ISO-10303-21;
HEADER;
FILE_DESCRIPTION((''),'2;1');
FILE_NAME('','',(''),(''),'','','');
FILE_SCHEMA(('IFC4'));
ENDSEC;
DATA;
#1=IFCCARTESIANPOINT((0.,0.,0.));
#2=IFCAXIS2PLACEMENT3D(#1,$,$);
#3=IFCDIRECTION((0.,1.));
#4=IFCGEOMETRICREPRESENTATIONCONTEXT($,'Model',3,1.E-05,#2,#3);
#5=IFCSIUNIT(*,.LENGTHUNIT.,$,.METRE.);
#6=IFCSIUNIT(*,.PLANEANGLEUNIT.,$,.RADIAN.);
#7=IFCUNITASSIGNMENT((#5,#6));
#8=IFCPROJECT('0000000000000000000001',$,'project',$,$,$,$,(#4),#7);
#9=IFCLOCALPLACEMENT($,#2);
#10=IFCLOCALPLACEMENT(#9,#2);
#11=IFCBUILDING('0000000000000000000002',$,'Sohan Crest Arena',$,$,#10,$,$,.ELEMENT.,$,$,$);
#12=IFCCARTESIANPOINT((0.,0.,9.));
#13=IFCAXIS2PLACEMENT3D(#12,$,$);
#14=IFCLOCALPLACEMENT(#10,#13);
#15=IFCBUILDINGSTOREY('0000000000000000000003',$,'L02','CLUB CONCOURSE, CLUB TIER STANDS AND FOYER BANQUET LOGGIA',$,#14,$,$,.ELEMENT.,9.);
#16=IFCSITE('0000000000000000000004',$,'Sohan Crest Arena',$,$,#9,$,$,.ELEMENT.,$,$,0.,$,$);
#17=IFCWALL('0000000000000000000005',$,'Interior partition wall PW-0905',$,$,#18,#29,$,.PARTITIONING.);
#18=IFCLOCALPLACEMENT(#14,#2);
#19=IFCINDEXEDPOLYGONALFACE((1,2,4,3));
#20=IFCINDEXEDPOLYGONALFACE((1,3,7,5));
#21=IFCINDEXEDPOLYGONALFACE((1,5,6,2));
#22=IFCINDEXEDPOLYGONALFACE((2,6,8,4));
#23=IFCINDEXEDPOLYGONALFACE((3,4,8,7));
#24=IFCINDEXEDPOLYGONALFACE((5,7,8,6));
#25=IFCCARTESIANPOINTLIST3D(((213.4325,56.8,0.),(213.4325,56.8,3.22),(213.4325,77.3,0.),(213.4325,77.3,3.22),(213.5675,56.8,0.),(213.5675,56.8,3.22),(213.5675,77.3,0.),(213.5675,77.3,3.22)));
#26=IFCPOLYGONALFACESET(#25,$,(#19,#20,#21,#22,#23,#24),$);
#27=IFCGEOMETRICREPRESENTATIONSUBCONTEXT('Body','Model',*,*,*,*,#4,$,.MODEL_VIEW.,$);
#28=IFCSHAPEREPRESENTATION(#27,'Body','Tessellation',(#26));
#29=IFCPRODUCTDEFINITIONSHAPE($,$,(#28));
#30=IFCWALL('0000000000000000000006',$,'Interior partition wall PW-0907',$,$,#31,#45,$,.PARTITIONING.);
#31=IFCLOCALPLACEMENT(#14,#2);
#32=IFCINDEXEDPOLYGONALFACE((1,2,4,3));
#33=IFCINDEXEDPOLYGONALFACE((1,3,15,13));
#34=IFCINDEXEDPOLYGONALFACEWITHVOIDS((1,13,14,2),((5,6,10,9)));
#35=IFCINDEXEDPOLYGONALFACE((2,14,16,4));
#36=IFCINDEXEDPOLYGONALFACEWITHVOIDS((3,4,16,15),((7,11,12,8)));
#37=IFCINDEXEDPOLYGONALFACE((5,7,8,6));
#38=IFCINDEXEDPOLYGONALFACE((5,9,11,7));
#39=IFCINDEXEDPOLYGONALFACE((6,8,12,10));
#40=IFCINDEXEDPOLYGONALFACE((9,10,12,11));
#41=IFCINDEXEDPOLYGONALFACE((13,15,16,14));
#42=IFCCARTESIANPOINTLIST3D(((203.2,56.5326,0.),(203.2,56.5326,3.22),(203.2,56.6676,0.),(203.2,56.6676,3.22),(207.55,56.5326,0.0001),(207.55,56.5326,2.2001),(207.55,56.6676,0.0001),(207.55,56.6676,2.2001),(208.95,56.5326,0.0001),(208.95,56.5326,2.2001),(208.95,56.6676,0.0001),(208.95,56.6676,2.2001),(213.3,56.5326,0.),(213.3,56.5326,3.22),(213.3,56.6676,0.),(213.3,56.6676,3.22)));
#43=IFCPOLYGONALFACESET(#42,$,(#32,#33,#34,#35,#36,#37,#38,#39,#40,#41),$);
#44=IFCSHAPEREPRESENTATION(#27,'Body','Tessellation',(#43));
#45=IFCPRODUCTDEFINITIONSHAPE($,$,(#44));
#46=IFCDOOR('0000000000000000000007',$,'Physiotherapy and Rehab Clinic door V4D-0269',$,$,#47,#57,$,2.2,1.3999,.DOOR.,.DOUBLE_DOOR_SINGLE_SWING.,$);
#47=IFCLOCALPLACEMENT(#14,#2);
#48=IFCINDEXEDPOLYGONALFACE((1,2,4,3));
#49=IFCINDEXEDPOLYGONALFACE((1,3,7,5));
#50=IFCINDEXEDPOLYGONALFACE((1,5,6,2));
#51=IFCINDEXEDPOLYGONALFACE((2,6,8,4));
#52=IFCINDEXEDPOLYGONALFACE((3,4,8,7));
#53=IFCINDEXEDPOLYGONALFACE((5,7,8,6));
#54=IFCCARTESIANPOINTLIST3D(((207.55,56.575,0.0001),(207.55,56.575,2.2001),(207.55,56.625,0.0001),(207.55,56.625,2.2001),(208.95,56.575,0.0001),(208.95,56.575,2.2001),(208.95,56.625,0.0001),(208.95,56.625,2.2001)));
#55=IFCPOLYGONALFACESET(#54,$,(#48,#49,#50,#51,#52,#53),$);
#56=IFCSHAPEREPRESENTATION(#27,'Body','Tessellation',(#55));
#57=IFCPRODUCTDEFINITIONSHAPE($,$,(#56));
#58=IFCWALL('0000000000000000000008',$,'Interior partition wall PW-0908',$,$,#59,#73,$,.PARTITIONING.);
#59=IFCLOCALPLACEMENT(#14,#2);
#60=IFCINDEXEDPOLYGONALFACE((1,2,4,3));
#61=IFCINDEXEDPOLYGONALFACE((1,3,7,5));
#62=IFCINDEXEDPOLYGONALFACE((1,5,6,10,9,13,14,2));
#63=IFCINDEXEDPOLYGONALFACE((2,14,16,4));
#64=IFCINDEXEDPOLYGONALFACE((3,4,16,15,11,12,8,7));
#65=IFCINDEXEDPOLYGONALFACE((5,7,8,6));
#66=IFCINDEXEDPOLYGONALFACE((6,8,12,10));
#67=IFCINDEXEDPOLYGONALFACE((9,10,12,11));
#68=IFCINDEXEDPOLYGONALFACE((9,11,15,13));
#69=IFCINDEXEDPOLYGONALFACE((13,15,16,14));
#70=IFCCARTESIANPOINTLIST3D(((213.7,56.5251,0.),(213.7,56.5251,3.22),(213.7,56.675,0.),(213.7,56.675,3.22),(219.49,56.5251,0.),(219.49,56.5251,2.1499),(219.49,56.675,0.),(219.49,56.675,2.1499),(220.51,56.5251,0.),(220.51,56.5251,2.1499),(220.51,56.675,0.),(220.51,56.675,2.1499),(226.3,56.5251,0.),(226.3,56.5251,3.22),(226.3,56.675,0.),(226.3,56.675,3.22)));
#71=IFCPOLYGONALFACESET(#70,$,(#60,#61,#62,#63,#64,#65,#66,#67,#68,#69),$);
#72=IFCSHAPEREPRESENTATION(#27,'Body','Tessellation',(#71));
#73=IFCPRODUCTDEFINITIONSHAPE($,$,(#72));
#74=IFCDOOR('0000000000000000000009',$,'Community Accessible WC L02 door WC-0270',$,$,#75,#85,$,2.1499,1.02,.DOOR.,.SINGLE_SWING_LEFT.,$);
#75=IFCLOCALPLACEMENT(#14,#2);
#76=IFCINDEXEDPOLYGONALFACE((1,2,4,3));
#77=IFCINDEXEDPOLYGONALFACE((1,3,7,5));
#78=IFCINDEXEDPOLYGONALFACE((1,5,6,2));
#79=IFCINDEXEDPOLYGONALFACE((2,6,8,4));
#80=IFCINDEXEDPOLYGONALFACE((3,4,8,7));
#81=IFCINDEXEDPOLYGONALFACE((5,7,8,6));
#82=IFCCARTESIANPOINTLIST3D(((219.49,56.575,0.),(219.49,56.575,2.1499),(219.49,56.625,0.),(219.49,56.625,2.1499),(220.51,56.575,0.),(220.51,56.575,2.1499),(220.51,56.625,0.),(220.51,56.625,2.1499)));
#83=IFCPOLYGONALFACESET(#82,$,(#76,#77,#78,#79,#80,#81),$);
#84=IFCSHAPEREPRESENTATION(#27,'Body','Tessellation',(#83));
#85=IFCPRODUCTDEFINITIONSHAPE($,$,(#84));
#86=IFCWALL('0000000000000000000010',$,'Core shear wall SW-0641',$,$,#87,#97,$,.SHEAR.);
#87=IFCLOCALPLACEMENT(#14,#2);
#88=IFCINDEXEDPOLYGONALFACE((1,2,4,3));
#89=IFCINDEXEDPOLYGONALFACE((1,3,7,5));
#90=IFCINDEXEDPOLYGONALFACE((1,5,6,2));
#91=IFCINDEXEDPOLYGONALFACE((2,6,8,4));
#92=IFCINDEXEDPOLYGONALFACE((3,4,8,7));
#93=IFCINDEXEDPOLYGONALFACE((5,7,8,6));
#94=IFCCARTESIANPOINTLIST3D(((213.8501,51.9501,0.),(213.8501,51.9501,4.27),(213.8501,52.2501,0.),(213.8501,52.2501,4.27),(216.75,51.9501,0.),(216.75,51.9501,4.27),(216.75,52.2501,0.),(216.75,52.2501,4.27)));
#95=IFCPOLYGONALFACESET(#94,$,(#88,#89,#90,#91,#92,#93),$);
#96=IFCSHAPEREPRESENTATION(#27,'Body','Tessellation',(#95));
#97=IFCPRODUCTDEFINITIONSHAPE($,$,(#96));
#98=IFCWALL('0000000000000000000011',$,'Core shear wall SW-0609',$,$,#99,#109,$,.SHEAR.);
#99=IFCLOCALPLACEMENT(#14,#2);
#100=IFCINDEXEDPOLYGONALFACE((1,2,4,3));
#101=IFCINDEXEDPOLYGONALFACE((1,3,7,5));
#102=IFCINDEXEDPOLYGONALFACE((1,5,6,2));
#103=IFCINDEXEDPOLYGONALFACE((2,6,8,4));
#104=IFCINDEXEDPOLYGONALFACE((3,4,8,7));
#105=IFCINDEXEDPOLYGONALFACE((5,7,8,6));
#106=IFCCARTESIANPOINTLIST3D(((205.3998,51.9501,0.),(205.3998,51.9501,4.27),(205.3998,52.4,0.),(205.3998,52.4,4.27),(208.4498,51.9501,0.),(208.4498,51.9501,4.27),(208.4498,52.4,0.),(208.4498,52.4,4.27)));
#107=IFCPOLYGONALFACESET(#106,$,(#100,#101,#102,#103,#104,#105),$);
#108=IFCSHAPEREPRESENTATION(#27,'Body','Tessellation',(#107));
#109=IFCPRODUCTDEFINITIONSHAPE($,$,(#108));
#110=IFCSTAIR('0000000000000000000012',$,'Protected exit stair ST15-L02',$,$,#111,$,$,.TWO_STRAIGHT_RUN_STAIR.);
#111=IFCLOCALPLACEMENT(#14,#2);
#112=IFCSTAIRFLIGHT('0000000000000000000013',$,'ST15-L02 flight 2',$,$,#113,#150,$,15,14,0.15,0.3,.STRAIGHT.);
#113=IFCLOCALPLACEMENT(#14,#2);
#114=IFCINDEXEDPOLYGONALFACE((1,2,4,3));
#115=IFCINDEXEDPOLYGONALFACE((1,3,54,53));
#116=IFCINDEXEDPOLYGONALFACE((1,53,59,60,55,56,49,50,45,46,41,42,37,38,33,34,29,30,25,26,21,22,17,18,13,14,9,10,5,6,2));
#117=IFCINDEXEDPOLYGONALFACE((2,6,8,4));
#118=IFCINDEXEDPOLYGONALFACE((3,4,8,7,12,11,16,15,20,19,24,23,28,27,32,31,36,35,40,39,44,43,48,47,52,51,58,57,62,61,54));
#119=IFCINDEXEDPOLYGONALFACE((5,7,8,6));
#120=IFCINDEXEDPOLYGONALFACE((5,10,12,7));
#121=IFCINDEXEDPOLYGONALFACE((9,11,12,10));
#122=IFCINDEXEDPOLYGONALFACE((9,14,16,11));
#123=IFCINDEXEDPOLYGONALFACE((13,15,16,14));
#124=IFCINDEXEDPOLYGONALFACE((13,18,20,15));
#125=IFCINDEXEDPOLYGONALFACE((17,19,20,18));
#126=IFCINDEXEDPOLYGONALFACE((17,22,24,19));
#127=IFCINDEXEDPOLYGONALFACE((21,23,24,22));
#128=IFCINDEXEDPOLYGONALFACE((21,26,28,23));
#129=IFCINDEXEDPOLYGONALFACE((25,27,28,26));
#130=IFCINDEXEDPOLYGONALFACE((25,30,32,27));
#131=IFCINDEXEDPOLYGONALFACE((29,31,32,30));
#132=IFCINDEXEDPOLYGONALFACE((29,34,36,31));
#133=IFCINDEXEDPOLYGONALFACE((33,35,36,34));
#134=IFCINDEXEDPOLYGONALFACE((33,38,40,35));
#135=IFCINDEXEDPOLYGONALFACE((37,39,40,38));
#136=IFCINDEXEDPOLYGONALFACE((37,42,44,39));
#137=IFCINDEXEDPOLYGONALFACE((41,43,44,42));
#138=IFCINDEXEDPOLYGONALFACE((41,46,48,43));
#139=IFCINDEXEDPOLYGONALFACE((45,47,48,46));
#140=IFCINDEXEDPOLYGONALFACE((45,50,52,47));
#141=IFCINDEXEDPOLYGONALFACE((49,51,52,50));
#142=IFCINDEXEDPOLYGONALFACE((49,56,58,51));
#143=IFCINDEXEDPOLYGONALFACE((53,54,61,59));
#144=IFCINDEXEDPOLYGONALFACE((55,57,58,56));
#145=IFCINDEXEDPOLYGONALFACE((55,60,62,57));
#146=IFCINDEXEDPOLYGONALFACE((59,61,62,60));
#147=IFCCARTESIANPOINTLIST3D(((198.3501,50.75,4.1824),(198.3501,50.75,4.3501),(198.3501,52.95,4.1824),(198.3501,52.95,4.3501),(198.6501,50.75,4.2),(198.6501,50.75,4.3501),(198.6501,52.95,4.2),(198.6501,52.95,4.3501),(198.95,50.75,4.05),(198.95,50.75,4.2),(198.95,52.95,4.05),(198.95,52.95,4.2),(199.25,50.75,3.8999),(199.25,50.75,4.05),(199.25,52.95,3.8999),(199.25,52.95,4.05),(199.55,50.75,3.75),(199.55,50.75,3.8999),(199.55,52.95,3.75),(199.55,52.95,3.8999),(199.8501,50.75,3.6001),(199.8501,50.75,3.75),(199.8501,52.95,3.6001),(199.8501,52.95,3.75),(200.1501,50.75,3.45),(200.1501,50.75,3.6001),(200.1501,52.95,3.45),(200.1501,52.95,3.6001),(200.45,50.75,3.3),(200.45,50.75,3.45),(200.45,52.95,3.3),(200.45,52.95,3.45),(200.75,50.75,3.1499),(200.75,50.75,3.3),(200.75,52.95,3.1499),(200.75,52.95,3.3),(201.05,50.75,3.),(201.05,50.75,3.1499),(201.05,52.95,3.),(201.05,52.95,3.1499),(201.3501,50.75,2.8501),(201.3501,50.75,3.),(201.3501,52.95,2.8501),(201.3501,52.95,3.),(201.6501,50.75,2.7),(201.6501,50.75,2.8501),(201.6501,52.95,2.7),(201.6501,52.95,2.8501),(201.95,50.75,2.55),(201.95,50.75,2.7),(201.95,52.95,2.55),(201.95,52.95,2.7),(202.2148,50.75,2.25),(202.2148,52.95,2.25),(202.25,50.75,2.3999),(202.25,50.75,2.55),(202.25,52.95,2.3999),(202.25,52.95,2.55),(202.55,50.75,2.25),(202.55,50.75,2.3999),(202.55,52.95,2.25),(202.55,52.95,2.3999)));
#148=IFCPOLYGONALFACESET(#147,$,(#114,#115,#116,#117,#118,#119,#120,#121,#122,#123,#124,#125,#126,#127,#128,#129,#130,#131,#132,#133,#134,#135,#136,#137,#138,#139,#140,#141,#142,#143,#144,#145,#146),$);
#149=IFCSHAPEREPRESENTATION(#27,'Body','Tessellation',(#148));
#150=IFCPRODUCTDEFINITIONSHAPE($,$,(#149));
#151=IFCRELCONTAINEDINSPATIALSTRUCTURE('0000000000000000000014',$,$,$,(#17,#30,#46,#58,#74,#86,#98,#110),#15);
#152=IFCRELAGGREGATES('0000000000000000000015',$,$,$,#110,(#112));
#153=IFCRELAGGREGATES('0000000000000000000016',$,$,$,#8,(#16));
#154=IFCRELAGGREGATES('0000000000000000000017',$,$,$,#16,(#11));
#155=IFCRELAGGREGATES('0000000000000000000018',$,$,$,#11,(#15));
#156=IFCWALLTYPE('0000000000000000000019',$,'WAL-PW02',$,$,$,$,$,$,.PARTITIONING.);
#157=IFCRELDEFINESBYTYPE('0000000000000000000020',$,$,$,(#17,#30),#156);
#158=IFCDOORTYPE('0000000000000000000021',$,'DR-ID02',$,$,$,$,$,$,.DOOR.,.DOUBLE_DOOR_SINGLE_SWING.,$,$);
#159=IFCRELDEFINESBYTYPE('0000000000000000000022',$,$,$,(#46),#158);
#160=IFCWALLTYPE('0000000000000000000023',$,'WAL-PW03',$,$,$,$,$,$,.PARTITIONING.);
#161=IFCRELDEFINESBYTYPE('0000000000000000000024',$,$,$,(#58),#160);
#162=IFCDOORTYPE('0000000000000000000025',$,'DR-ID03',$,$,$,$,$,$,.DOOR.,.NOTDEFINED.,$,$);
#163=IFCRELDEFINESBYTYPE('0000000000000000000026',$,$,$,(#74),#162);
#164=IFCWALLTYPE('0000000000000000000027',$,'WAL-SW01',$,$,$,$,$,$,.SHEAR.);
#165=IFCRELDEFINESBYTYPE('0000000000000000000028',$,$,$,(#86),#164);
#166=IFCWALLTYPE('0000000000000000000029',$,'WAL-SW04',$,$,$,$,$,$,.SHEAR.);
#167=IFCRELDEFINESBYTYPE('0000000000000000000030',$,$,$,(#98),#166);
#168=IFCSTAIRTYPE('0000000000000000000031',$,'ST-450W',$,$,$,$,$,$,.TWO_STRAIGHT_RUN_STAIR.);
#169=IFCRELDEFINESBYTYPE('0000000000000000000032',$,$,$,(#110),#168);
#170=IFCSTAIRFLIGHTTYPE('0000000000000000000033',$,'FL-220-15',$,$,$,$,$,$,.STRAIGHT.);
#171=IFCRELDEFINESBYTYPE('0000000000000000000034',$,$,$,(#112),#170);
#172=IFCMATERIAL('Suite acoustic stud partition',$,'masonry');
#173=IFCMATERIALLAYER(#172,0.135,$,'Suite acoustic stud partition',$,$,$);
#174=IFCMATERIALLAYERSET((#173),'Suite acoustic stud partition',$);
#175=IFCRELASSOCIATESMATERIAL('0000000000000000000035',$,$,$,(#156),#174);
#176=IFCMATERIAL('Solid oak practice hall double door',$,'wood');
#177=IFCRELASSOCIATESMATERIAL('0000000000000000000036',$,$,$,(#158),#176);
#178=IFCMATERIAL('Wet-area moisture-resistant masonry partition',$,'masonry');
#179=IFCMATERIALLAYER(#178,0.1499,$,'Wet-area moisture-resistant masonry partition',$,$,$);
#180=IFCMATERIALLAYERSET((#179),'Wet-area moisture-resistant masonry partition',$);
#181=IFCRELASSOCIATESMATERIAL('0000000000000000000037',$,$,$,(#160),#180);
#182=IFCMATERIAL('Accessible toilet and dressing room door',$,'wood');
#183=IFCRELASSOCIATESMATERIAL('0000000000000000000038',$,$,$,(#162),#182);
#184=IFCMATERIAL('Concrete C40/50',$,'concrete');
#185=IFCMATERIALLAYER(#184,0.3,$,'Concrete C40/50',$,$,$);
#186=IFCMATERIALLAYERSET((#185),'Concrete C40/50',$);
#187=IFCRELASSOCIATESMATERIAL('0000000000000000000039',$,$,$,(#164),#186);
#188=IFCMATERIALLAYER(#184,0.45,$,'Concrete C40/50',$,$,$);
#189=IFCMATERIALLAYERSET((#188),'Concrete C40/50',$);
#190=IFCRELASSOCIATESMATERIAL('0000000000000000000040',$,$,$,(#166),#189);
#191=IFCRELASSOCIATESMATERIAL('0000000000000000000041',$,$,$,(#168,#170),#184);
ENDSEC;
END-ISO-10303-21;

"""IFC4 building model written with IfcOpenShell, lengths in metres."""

from ifc_helpers import new_model, si_unit, direction, frame, frame_2d, origin, place, context, subcontext, project, spatial, polyline, rectangle, outline, extrude, material, layer, layer_set, type_object, element, fill, aggregate, save


model = new_model("IFC4")

# Units and contexts
model_context = context("Model", 3, precision=1e-05, world=origin(), true_north=direction((0.0, 1.0)))
body_context = subcontext(model_context, "Body", "Model", "MODEL_VIEW")
ifc_project = project(units=[si_unit("LENGTHUNIT", "METRE"), si_unit("PLANEANGLEUNIT", "RADIAN")], contexts=[model_context])

# Site, building, storey
site_placement = place(None, origin())
site = spatial("IfcSite", under=ifc_project, at=site_placement, Name="Sohan Crest Arena", CompositionType="ELEMENT", RefElevation=0.0)
building_placement = place(site_placement, origin())
building = spatial("IfcBuilding", under=site, at=building_placement, Name="Sohan Crest Arena", CompositionType="ELEMENT")
storey_placement = place(building_placement, frame((0.0, 0.0, 9.0)))
storey = spatial("IfcBuildingStorey", under=building, at=storey_placement, Name="L02", Description="CLUB CONCOURSE, CLUB TIER STANDS AND FOYER BANQUET LOGGIA", CompositionType="ELEMENT", Elevation=9.0)

# Shared definitions
ifc_material_1 = material(Name="Concrete C40/50", Category="concrete")

# Wall
ifc_material_2 = material(Name="Suite acoustic stud partition", Category="masonry")
ifc_layer_1 = layer(ifc_material_2, 0.135, Name="Suite acoustic stud partition")
ifc_layer_set_1 = layer_set([ifc_layer_1], Name="Suite acoustic stud partition")
wall_type_1 = type_object("IfcWallType", Name="WAL-PW02", PredefinedType="PARTITIONING", material=ifc_layer_set_1)
for number, where, z_axis, x_axis, name in (
    (1, (213.5, 56.8, 0.0), (0.0, 0.0, 1.0), (0.0, 1.0, 0.0), "Interior partition wall PW-0905"),
):
    element("IfcWall", number, at=place(storey_placement, frame(where, z_axis=z_axis, x_axis=x_axis)), inside=storey, type_object=wall_type_1, Name=name, PredefinedType="PARTITIONING", context=body_context, shape_type="SweptSolid", body=[
        extrude(rectangle(XDim=20.5, YDim=0.135, at=frame_2d((10.25, 0.0))), origin(), (0.0, 0.0, 1.0), 3.22),
    ])

# Walls, openings, doors
wall_1_placement = place(storey_placement, frame((203.2, 56.6001, 0.0), z_axis=(0.0, 0.0, 1.0), x_axis=(1.0, 0.0, 0.0)))
wall_1 = element("IfcWall", 2, at=wall_1_placement, inside=storey, type_object=wall_type_1, Name="Interior partition wall PW-0907", PredefinedType="PARTITIONING", context=body_context, shape_type="SweptSolid", body=[
    extrude(rectangle(XDim=10.1001, YDim=0.135, at=frame_2d((5.05, 0.0))), origin(), (0.0, 0.0, 1.0), 3.22),
])
opening_1_placement = place(wall_1_placement, frame((4.3501, 0.0, 0.0)))
opening_1 = element("IfcOpeningElement", 3, at=opening_1_placement, cuts=wall_1, PredefinedType="OPENING", context=body_context, shape_type="SweptSolid", body=[
    extrude(rectangle(XDim=1.3999, YDim=2.2, at=frame_2d((0.7, 1.1001))), frame((0.0, 0.0774, 0.0), z_axis=(0.0, -1.0, 0.0), x_axis=(1.0, 0.0, 0.0)), (0.0, 0.0, 1.0), 0.155),
])
ifc_material_3 = material(Name="Solid oak practice hall double door", Category="wood")
door_type_1 = type_object("IfcDoorType", Name="DR-ID02", OperationType="DOUBLE_DOOR_SINGLE_SWING", PredefinedType="DOOR", material=ifc_material_3)
door_1_placement = place(opening_1_placement, origin())
door_1 = element("IfcDoor", 4, at=door_1_placement, inside=storey, type_object=door_type_1, Name="Physiotherapy and Rehab Clinic door V4D-0269", OperationType="DOUBLE_DOOR_SINGLE_SWING", OverallHeight=2.2, OverallWidth=1.3999, PredefinedType="DOOR", context=body_context, shape_type="SweptSolid", body=[
    extrude(rectangle(XDim=1.3999, YDim=2.2, at=frame_2d((0.7, 1.1001))), frame((0.0, 0.0249, 0.0), z_axis=(0.0, -1.0, 0.0), x_axis=(1.0, 0.0, 0.0)), (0.0, 0.0, 1.0), 0.05),
])
fill(opening_1, door_1)
ifc_material_4 = material(Name="Wet-area moisture-resistant masonry partition", Category="masonry")
ifc_layer_2 = layer(ifc_material_4, 0.1499, Name="Wet-area moisture-resistant masonry partition")
ifc_layer_set_2 = layer_set([ifc_layer_2], Name="Wet-area moisture-resistant masonry partition")
wall_type_2 = type_object("IfcWallType", Name="WAL-PW03", PredefinedType="PARTITIONING", material=ifc_layer_set_2)
wall_2_placement = place(storey_placement, frame((213.7, 56.6001, 0.0), z_axis=(0.0, 0.0, 1.0), x_axis=(1.0, 0.0, 0.0)))
wall_2 = element("IfcWall", 5, at=wall_2_placement, inside=storey, type_object=wall_type_2, Name="Interior partition wall PW-0908", PredefinedType="PARTITIONING", context=body_context, shape_type="SweptSolid", body=[
    extrude(rectangle(XDim=12.6001, YDim=0.1499, at=frame_2d((6.3, 0.0))), origin(), (0.0, 0.0, 1.0), 3.22),
])
opening_2_placement = place(wall_2_placement, frame((5.79, 0.0, 0.0)))
opening_2 = element("IfcOpeningElement", 6, at=opening_2_placement, cuts=wall_2, PredefinedType="OPENING", context=body_context, shape_type="SweptSolid", body=[
    extrude(rectangle(XDim=1.02, YDim=2.1499, at=frame_2d((0.51, 1.075))), frame((0.0, 0.085, 0.0), z_axis=(0.0, -1.0, 0.0), x_axis=(1.0, 0.0, 0.0)), (0.0, 0.0, 1.0), 0.1699),
])
ifc_material_5 = material(Name="Accessible toilet and dressing room door", Category="wood")
door_type_2 = type_object("IfcDoorType", Name="DR-ID03", OperationType="NOTDEFINED", PredefinedType="DOOR", material=ifc_material_5)
door_2_placement = place(opening_2_placement, origin())
door_2 = element("IfcDoor", 7, at=door_2_placement, inside=storey, type_object=door_type_2, Name="Community Accessible WC L02 door WC-0270", OperationType="SINGLE_SWING_LEFT", OverallHeight=2.1499, OverallWidth=1.02, PredefinedType="DOOR", context=body_context, shape_type="SweptSolid", body=[
    extrude(rectangle(XDim=1.02, YDim=2.1499, at=frame_2d((0.51, 1.075))), frame((0.0, 0.0249, 0.0), z_axis=(0.0, -1.0, 0.0), x_axis=(1.0, 0.0, 0.0)), (0.0, 0.0, 1.0), 0.05),
])
fill(opening_2, door_2)

# Walls
ifc_layer_3 = layer(ifc_material_1, 0.3, Name="Concrete C40/50")
ifc_layer_set_3 = layer_set([ifc_layer_3], Name="Concrete C40/50")
wall_type_3 = type_object("IfcWallType", Name="WAL-SW01", PredefinedType="SHEAR", material=ifc_layer_set_3)
wall_3_placement = place(storey_placement, frame((213.8501, 52.1001, 0.0), z_axis=(0.0, 0.0, 1.0), x_axis=(1.0, 0.0, 0.0)))
element("IfcWall", 8, at=wall_3_placement, inside=storey, type_object=wall_type_3, Name="Core shear wall SW-0641", PredefinedType="SHEAR", context=body_context, shape_type="SweptSolid", body=[
    extrude(rectangle(XDim=2.8999, YDim=0.3, at=frame_2d((1.45, 0.0))), origin(), (0.0, 0.0, 1.0), 4.27),
])
ifc_layer_4 = layer(ifc_material_1, 0.45, Name="Concrete C40/50")
ifc_layer_set_4 = layer_set([ifc_layer_4], Name="Concrete C40/50")
wall_type_4 = type_object("IfcWallType", Name="WAL-SW04", PredefinedType="SHEAR", material=ifc_layer_set_4)
wall_4_placement = place(storey_placement, frame((205.3999, 52.175, 0.0), z_axis=(0.0, 0.0, 1.0), x_axis=(1.0, 0.0, 0.0)))
element("IfcWall", 9, at=wall_4_placement, inside=storey, type_object=wall_type_4, Name="Core shear wall SW-0609", PredefinedType="SHEAR", context=body_context, shape_type="SweptSolid", body=[
    extrude(rectangle(XDim=3.05, YDim=0.45, at=frame_2d((1.5249, 0.0))), origin(), (0.0, 0.0, 1.0), 4.27),
])

# Stair, stair flight
stair_type = type_object("IfcStairType", Name="ST-450W", PredefinedType="TWO_STRAIGHT_RUN_STAIR", material=ifc_material_1)
stair_placement = place(storey_placement, origin())
stair = element("IfcStair", 10, at=stair_placement, inside=storey, type_object=stair_type, Name="Protected exit stair ST15-L02", PredefinedType="TWO_STRAIGHT_RUN_STAIR")
stair_flight_type = type_object("IfcStairFlightType", Name="FL-220-15", PredefinedType="STRAIGHT", material=ifc_material_1)
stair_flight_placement = place(storey_placement, frame((202.55, 51.8501, 2.25), z_axis=(0.0, 0.0, 1.0), x_axis=(-1.0, 0.0, 0.0)))
stair_flight = element("IfcStairFlight", 11, at=stair_flight_placement, type_object=stair_flight_type, Name="ST15-L02 flight 2", NumberOfRisers=15, NumberOfTreads=14, PredefinedType="STRAIGHT", RiserHeight=0.15, TreadLength=0.3, context=body_context, shape_type="SweptSolid", body=[
    extrude(outline(polyline([(0.0, 0.0), (0.0, 0.1499), (0.3, 0.1499), (0.3, 0.3), (0.6001, 0.3), (0.6001, 0.45), (0.8999, 0.45), (0.8999, 0.6001), (1.2, 0.6001), (1.2, 0.75), (1.5, 0.75), (1.5, 0.8999), (1.8, 0.8999), (1.8, 1.05), (2.1001, 1.05), (2.1001, 1.2), (2.3999, 1.2), (2.3999, 1.3501), (2.7, 1.3501), (2.7, 1.5), (3.0, 1.5), (3.0, 1.6499), (3.3, 1.6499), (3.3, 1.8), (3.6001, 1.8), (3.6001, 1.95), (3.8999, 1.95), (3.8999, 2.1001), (4.2, 2.1001), (4.2, 2.25), (4.2, 1.9324), (0.3352, 0.0), (0.0, 0.0)])), frame((0.0, 1.1001, 0.0), z_axis=(0.0, -1.0, 0.0), x_axis=(1.0, 0.0, 0.0)), (0.0, 0.0, 1.0), 2.2),
])
aggregate(stair, [stair_flight])

save(model, "model.ifc")
